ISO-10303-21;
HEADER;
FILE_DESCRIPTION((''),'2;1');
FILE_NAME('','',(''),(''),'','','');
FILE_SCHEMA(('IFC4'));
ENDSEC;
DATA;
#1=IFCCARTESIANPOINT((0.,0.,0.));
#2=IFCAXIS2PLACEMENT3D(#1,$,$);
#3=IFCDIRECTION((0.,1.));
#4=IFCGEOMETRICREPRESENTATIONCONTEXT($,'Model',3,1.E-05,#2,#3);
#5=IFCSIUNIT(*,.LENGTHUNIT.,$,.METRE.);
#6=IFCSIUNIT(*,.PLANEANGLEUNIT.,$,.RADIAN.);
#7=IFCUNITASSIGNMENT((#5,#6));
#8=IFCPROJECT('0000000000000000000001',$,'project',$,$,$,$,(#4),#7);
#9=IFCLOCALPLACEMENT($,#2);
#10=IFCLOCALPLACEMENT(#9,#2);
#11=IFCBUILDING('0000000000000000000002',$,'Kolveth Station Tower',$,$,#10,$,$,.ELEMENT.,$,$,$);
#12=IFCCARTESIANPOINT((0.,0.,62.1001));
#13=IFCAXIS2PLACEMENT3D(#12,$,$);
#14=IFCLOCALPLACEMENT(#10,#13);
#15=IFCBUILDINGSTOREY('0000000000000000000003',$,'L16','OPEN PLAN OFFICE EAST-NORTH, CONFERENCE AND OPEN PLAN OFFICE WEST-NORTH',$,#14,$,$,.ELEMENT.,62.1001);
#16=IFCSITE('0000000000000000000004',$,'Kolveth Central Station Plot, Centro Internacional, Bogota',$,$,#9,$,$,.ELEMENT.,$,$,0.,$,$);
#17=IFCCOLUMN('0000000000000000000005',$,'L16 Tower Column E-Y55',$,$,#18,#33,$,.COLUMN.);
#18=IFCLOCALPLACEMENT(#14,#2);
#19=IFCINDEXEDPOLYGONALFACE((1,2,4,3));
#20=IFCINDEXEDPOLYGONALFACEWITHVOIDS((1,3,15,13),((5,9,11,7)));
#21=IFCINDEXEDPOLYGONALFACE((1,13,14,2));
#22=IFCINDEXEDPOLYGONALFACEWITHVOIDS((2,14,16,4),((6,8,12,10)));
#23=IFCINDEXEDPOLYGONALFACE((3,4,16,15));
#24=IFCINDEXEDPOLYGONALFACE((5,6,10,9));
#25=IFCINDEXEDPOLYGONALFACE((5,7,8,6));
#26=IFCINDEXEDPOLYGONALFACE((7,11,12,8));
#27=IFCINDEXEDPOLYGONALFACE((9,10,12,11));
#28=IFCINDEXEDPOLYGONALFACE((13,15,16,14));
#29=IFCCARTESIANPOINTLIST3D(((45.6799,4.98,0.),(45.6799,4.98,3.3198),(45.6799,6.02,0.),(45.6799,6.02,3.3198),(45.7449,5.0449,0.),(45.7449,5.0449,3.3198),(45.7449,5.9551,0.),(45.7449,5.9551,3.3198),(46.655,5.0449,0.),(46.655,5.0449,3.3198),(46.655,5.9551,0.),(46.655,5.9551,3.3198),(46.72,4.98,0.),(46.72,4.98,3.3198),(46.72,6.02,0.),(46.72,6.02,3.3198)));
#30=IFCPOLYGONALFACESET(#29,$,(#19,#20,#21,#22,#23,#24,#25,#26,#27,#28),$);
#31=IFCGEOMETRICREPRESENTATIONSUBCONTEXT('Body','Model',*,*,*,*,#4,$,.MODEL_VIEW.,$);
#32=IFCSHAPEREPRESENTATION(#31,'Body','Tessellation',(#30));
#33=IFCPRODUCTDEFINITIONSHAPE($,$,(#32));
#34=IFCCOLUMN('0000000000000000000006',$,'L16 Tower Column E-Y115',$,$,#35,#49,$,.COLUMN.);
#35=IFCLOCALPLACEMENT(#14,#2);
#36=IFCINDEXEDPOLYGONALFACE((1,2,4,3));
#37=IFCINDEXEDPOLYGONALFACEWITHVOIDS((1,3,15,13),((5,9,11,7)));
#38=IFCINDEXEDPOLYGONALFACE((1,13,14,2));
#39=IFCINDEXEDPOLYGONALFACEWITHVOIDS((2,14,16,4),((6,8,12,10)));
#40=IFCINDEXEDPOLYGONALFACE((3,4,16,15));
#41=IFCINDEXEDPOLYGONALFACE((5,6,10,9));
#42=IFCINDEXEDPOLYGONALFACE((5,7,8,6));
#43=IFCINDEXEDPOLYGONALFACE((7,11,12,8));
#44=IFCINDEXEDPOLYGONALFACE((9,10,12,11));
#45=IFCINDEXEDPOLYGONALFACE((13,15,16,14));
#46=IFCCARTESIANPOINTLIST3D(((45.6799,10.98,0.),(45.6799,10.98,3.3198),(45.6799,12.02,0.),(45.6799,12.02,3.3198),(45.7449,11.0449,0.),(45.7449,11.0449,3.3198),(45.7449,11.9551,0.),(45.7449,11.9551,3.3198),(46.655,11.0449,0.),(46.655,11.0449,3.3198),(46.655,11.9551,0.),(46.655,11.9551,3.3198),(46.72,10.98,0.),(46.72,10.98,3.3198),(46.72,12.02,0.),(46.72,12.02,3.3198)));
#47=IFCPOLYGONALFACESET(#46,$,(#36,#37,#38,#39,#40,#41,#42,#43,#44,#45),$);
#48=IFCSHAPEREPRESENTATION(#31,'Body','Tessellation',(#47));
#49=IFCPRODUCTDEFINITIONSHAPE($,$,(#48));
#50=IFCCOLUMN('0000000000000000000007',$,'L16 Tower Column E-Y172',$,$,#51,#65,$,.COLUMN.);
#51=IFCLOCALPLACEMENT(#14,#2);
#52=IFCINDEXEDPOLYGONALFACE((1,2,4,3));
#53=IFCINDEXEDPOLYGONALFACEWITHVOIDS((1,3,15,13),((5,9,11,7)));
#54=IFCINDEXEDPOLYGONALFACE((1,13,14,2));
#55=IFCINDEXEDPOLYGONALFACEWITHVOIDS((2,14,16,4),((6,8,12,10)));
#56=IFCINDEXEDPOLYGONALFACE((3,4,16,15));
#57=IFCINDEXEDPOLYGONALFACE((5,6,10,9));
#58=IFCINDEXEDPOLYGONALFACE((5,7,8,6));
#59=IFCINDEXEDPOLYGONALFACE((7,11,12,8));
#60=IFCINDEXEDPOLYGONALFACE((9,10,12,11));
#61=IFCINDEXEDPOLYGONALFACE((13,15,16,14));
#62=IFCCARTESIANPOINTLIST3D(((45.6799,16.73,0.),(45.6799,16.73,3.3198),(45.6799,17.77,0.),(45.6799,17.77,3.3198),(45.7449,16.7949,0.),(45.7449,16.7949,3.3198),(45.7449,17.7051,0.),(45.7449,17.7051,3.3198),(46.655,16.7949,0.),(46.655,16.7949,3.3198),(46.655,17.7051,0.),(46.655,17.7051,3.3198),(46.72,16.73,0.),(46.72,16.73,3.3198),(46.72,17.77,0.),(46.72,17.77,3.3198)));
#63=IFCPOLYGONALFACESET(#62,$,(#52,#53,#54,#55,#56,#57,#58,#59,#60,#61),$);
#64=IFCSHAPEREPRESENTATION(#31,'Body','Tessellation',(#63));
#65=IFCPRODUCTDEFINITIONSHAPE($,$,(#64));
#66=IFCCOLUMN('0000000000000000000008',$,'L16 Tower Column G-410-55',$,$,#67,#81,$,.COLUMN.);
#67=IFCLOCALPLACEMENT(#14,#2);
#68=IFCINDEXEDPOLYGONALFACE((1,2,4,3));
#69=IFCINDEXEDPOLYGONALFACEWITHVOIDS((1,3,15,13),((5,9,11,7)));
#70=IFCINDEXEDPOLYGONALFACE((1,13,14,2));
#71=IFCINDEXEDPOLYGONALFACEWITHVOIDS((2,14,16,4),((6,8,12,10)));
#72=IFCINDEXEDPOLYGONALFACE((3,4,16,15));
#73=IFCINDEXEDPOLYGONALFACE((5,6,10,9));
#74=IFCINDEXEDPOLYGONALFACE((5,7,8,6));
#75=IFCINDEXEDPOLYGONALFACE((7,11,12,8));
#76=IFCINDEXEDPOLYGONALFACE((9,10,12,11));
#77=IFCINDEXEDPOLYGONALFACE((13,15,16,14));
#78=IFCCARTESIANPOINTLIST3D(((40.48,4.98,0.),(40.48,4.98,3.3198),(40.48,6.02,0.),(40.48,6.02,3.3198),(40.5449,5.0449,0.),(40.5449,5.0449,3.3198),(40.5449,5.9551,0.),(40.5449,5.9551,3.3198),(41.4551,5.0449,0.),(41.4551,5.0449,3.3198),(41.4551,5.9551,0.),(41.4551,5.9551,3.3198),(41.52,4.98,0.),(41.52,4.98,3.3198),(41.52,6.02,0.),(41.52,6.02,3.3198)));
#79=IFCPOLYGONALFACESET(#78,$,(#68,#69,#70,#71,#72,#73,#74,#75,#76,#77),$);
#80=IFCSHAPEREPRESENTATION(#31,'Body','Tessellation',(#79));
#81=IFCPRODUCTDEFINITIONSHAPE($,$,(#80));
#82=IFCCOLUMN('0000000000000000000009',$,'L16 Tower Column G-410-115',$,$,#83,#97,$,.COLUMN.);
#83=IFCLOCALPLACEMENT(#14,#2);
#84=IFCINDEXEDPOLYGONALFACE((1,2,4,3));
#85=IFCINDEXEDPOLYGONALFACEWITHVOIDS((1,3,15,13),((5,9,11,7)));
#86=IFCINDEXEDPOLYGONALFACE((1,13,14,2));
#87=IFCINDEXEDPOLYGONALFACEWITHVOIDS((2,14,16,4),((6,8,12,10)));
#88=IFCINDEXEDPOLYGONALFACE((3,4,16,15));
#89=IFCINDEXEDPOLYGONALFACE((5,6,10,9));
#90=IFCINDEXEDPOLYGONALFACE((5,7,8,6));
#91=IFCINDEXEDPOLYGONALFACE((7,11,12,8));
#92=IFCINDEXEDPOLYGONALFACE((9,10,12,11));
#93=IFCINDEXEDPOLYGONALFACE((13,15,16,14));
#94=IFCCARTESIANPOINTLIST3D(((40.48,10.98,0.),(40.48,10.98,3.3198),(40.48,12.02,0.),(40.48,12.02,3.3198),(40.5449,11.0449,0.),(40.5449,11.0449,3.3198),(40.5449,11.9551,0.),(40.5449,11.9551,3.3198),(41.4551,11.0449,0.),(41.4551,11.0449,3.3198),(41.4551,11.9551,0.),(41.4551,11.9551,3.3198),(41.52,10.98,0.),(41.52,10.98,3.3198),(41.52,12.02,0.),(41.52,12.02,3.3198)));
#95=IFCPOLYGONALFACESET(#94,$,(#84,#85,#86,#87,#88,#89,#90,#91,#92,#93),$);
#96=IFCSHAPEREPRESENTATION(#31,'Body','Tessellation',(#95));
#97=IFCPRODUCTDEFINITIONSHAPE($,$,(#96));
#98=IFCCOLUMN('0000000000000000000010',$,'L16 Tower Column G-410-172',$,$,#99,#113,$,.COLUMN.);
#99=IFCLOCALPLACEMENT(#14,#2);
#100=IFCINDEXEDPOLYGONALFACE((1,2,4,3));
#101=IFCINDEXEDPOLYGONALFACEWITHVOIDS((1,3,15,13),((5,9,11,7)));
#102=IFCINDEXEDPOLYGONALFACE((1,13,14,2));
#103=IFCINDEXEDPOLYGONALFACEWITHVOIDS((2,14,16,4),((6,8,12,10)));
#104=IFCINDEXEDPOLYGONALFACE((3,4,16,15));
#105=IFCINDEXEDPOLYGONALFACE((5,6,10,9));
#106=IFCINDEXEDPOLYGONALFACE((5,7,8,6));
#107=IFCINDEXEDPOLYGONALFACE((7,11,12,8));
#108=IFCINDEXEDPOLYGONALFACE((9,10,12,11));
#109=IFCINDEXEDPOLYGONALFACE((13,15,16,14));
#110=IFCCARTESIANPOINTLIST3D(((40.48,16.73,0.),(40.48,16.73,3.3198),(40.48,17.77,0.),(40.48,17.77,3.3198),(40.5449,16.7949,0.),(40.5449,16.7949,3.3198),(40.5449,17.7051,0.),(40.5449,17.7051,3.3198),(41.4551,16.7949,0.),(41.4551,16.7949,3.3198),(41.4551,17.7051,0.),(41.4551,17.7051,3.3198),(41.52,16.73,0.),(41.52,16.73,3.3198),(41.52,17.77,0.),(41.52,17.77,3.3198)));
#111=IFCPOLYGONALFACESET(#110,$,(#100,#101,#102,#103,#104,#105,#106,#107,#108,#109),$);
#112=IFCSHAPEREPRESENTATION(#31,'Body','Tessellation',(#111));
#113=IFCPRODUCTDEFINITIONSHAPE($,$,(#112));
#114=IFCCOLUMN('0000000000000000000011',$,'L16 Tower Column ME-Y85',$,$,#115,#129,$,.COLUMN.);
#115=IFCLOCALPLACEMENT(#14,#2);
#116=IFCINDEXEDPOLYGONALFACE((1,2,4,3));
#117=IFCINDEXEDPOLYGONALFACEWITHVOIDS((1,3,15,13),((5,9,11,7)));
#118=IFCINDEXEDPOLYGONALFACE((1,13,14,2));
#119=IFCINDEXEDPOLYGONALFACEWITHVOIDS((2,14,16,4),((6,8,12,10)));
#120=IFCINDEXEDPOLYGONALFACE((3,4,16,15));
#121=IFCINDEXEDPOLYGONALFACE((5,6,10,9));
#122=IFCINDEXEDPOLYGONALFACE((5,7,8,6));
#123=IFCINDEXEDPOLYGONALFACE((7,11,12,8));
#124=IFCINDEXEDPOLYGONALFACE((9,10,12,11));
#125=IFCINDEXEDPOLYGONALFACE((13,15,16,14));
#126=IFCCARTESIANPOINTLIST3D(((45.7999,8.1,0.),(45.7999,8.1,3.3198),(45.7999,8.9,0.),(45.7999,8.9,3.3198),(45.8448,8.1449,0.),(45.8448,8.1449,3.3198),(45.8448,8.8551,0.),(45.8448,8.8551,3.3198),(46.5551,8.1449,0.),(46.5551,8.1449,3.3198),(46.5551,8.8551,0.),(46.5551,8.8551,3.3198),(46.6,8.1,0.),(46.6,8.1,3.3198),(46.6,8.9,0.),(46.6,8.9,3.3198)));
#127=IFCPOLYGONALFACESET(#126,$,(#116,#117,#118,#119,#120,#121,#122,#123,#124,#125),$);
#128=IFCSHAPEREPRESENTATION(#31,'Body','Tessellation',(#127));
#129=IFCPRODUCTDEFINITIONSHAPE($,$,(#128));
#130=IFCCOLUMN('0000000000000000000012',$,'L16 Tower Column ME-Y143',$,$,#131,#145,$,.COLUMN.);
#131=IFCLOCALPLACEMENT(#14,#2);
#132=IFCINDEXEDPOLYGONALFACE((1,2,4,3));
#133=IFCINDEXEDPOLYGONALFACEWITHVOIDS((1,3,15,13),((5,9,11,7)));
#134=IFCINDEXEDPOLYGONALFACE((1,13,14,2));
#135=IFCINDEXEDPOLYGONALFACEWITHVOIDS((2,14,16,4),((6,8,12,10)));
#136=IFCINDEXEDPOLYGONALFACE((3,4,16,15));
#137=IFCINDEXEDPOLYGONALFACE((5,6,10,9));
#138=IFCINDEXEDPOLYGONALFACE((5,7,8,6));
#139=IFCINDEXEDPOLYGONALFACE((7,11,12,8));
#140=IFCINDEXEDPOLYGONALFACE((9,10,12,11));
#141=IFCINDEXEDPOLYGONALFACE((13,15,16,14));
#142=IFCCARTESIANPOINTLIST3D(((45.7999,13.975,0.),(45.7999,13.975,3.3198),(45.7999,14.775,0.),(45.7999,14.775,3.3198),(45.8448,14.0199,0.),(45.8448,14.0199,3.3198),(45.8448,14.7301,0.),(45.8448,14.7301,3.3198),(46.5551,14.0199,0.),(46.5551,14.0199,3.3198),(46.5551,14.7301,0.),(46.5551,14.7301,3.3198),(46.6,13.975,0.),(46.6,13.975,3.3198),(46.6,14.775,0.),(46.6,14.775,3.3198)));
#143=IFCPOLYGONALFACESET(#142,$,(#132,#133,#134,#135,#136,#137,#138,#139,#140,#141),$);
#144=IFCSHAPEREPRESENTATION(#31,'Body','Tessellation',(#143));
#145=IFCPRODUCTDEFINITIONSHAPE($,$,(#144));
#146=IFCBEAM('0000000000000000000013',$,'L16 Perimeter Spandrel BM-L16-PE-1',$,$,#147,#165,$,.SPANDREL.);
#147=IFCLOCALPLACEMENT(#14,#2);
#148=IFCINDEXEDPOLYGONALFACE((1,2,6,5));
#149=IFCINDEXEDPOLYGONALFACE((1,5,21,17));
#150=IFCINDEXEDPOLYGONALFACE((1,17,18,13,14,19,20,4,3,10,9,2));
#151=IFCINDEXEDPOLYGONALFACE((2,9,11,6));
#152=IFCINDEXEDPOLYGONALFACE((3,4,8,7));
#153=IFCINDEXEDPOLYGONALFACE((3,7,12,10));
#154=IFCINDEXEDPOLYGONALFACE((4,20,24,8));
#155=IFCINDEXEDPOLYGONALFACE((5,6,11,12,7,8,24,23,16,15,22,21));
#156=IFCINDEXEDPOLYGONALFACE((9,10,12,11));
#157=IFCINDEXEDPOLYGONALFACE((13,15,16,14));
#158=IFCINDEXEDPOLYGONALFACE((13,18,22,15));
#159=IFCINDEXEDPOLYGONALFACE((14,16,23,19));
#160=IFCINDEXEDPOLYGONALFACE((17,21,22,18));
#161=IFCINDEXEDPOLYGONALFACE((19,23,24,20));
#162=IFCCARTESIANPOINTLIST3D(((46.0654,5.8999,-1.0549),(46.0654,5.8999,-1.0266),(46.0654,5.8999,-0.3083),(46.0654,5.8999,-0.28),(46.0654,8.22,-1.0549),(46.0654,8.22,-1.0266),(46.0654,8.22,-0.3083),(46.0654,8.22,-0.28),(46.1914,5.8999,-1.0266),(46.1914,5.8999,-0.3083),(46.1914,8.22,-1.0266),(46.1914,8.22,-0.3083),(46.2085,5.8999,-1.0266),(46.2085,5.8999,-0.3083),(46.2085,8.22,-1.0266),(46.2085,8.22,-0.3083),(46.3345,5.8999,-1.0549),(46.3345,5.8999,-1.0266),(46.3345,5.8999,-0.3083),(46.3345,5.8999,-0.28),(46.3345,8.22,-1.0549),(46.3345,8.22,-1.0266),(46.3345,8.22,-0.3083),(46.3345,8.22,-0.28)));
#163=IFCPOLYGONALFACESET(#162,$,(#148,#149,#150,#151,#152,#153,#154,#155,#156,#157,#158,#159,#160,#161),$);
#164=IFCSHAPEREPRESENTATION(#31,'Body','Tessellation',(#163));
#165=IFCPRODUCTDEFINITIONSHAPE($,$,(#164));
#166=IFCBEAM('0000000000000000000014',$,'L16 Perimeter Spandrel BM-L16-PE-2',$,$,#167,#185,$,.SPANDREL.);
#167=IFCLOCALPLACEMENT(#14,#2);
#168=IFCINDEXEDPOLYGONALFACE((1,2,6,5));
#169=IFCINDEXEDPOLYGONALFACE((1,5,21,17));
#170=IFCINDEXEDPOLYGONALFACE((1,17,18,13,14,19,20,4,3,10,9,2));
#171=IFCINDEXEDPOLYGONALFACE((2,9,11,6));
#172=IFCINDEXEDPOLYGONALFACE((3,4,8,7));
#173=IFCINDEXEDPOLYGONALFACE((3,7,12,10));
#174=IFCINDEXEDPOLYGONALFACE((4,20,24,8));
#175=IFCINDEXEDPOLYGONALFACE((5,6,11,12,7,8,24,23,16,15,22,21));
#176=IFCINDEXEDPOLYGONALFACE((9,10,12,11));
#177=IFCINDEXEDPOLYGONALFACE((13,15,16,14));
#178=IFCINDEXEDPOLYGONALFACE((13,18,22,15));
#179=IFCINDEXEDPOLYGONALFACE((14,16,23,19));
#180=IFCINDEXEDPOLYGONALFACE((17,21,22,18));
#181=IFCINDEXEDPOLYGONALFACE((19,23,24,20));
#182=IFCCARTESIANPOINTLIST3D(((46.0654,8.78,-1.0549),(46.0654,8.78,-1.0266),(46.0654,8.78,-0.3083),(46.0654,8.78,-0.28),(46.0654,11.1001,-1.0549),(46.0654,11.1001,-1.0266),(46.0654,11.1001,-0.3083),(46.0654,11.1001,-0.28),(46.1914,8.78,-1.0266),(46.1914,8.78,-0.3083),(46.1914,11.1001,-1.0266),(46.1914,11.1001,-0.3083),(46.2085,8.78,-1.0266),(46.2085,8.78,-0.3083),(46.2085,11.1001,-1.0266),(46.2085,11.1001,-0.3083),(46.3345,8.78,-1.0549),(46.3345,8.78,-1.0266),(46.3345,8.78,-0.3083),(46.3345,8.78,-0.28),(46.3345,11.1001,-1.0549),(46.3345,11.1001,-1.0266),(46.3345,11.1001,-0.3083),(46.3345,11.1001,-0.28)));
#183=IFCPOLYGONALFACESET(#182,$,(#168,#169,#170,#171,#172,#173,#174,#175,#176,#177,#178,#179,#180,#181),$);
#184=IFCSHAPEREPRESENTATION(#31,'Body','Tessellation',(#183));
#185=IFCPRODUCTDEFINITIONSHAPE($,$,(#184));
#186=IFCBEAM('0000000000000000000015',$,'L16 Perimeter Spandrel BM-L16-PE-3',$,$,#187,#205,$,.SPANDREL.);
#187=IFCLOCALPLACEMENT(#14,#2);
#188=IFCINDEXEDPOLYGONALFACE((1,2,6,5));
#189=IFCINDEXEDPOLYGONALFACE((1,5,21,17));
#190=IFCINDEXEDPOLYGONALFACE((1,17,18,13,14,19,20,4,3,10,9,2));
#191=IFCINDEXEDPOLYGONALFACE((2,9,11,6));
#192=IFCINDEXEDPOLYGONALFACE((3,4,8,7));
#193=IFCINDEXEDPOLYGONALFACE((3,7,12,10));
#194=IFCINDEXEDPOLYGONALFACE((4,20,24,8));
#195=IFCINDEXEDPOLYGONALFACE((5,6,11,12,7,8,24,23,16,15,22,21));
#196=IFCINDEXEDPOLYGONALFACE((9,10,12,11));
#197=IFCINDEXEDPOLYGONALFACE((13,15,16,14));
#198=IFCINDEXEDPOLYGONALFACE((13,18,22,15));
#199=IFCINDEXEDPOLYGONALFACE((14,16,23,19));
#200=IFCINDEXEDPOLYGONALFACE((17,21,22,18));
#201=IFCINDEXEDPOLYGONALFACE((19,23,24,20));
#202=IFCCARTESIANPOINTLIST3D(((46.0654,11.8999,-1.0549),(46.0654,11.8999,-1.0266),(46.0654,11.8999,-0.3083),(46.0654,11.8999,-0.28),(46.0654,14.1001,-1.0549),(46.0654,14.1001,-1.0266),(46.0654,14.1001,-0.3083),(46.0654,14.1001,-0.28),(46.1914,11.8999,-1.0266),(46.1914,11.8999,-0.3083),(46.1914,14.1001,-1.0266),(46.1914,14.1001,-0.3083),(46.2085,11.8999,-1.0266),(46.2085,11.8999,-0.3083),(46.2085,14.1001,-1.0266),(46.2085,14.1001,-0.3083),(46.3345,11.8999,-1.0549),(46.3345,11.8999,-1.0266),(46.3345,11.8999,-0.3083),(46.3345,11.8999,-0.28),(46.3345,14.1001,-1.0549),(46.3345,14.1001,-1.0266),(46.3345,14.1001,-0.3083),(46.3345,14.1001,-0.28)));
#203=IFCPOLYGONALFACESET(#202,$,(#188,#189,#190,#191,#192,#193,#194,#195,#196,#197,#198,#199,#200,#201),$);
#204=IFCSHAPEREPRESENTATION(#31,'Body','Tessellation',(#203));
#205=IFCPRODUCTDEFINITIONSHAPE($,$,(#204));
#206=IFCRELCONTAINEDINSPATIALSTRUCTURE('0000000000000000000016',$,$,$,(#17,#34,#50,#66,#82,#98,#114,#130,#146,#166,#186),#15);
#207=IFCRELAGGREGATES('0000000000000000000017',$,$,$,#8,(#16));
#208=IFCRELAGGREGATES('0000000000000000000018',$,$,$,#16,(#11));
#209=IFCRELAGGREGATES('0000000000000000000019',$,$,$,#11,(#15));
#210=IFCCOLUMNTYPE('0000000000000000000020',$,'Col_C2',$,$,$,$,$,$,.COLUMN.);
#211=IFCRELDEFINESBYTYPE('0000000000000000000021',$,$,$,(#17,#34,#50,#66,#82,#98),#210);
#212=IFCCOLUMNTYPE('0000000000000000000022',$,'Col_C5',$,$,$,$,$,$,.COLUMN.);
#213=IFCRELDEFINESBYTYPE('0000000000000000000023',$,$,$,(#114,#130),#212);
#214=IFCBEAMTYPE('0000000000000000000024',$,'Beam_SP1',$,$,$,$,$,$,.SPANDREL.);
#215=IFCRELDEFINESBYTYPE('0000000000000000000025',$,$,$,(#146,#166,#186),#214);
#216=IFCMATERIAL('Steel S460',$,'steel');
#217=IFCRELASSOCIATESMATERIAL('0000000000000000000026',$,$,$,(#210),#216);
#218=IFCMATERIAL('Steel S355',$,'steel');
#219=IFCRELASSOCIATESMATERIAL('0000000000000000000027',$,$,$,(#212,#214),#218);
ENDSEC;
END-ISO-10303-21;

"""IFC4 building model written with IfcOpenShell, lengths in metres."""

from ifc_helpers import new_model, si_unit, direction, frame, origin, origin_2d, place, context, subcontext, project, spatial, hollow_rectangle, i_section, extrude, source, transform, mapped, material, material_profile, profile_set, type_object, element, save


model = new_model("IFC4")

# Units and contexts
model_context = context("Model", 3, precision=1e-05, world=origin(), true_north=direction((0.0, 1.0)))
body_context = subcontext(model_context, "Body", "Model", "MODEL_VIEW")
ifc_project = project(units=[si_unit("LENGTHUNIT", "METRE"), si_unit("PLANEANGLEUNIT", "RADIAN")], contexts=[model_context])

# Site, building, storey
site_placement = place(None, origin())
site = spatial("IfcSite", under=ifc_project, at=site_placement, Name="Kolveth Central Station Plot, Centro Internacional, Bogota", CompositionType="ELEMENT", RefElevation=0.0)
building_placement = place(site_placement, origin())
building = spatial("IfcBuilding", under=site, at=building_placement, Name="Kolveth Station Tower", CompositionType="ELEMENT")
storey_placement = place(building_placement, frame((0.0, 0.0, 62.1001)))
storey = spatial("IfcBuildingStorey", under=building, at=storey_placement, Name="L16", Description="OPEN PLAN OFFICE EAST-NORTH, CONFERENCE AND OPEN PLAN OFFICE WEST-NORTH", CompositionType="ELEMENT", Elevation=62.1001)

# Columns
ifc_material_1 = material(Name="Steel S460", Category="steel")
ifc_material_profile_1 = material_profile(ifc_material_1, hollow_rectangle(XDim=1.04, YDim=1.04, WallThickness=0.0649, at=origin_2d()), Name="BOX1040x1040x65")
ifc_profile_set_1 = profile_set([ifc_material_profile_1], Name="Steel S460")
column_type_1 = type_object("IfcColumnType", Name="Col_C2", PredefinedType="COLUMN", material=ifc_profile_set_1)
shared_shape_1 = source(origin(), body_context, "Body", "SweptSolid", [
    extrude(hollow_rectangle(XDim=1.04, YDim=1.04, WallThickness=0.0649, at=origin_2d()), origin(), (0.0, 0.0, 1.0), 3.3198),
])
for number, where, z_axis, x_axis, name in (
    (1, (46.2, 5.5, 0.0), (0.0, 0.0, 1.0), (1.0, 0.0, 0.0), "L16 Tower Column E-Y55"),
    (2, (46.2, 11.5, 0.0), (0.0, 0.0, 1.0), (1.0, 0.0, 0.0), "L16 Tower Column E-Y115"),
    (3, (46.2, 17.25, 0.0), (0.0, 0.0, 1.0), (1.0, 0.0, 0.0), "L16 Tower Column E-Y172"),
    (4, (41.0, 5.5, 0.0), (0.0, 0.0, 1.0), (1.0, 0.0, 0.0), "L16 Tower Column G-410-55"),
    (5, (41.0, 11.5, 0.0), (0.0, 0.0, 1.0), (1.0, 0.0, 0.0), "L16 Tower Column G-410-115"),
    (6, (41.0, 17.25, 0.0), (0.0, 0.0, 1.0), (1.0, 0.0, 0.0), "L16 Tower Column G-410-172"),
):
    element("IfcColumn", number, at=place(storey_placement, frame(where, z_axis=z_axis, x_axis=x_axis)), inside=storey, type_object=column_type_1, Name=name, PredefinedType="COLUMN", context=body_context, shape_type="MappedRepresentation", body=[
        mapped(shared_shape_1, transform((0.0, 0.0, 0.0), x_axis=(1.0, 0.0, 0.0), y_axis=(0.0, 1.0, 0.0), z_axis=(0.0, 0.0, 1.0), scale=1.0)),
    ])
ifc_material_2 = material(Name="Steel S355", Category="steel")
ifc_material_profile_2 = material_profile(ifc_material_2, hollow_rectangle(XDim=0.8, YDim=0.8, WallThickness=0.0449, at=origin_2d()), Name="BOX800x800x45")
ifc_profile_set_2 = profile_set([ifc_material_profile_2], Name="Steel S355")
column_type_2 = type_object("IfcColumnType", Name="Col_C5", PredefinedType="COLUMN", material=ifc_profile_set_2)
shared_shape_2 = source(origin(), body_context, "Body", "SweptSolid", [
    extrude(hollow_rectangle(XDim=0.8, YDim=0.8, WallThickness=0.0449, at=origin_2d()), origin(), (0.0, 0.0, 1.0), 3.3198),
])
for number, where, z_axis, x_axis, name in (
    (7, (46.2, 8.5, 0.0), (0.0, 0.0, 1.0), (1.0, 0.0, 0.0), "L16 Tower Column ME-Y85"),
    (8, (46.2, 14.375, 0.0), (0.0, 0.0, 1.0), (1.0, 0.0, 0.0), "L16 Tower Column ME-Y143"),
):
    element("IfcColumn", number, at=place(storey_placement, frame(where, z_axis=z_axis, x_axis=x_axis)), inside=storey, type_object=column_type_2, Name=name, PredefinedType="COLUMN", context=body_context, shape_type="MappedRepresentation", body=[
        mapped(shared_shape_2, transform((0.0, 0.0, 0.0), x_axis=(1.0, 0.0, 0.0), y_axis=(0.0, 1.0, 0.0), z_axis=(0.0, 0.0, 1.0), scale=1.0)),
    ])

# Beams
ifc_material_profile_3 = material_profile(ifc_material_2, i_section(OverallWidth=0.269, OverallDepth=0.7749, WebThickness=0.0171, FlangeThickness=0.0283, at=origin_2d()), Name="W760x220")
ifc_profile_set_3 = profile_set([ifc_material_profile_3], Name="Steel S355")
beam_type_1 = type_object("IfcBeamType", Name="Beam_SP1", PredefinedType="SPANDREL", material=ifc_profile_set_3)
shared_shape_3 = source(origin(), body_context, "Body", "SweptSolid", [
    extrude(i_section(OverallWidth=0.269, OverallDepth=0.7749, WebThickness=0.0171, FlangeThickness=0.0283, at=origin_2d()), origin(), (0.0, 0.0, 1.0), 2.3201),
])
for number, where, z_axis, x_axis, name in (
    (9, (46.2, 5.8999, -0.6675), (0.0, 1.0, 0.0), (-1.0, 0.0, 0.0), "L16 Perimeter Spandrel BM-L16-PE-1"),
    (10, (46.2, 8.78, -0.6675), (0.0, 1.0, 0.0), (-1.0, 0.0, 0.0), "L16 Perimeter Spandrel BM-L16-PE-2"),
):
    element("IfcBeam", number, at=place(storey_placement, frame(where, z_axis=z_axis, x_axis=x_axis)), inside=storey, type_object=beam_type_1, Name=name, PredefinedType="SPANDREL", context=body_context, shape_type="MappedRepresentation", body=[
        mapped(shared_shape_3, transform((0.0, 0.0, 0.0), x_axis=(1.0, 0.0, 0.0), y_axis=(0.0, 1.0, 0.0), z_axis=(0.0, 0.0, 1.0), scale=1.0)),
    ])
shared_shape_4 = source(origin(), body_context, "Body", "SweptSolid", [
    extrude(i_section(OverallWidth=0.269, OverallDepth=0.7749, WebThickness=0.0171, FlangeThickness=0.0283, at=origin_2d()), origin(), (0.0, 0.0, 1.0), 2.2002),
])
beam_1_placement = place(storey_placement, frame((46.2, 11.8999, -0.6675), z_axis=(0.0, 1.0, 0.0), x_axis=(-1.0, 0.0, 0.0)))
element("IfcBeam", 11, at=beam_1_placement, inside=storey, type_object=beam_type_1, Name="L16 Perimeter Spandrel BM-L16-PE-3", PredefinedType="SPANDREL", context=body_context, shape_type="MappedRepresentation", body=[
    mapped(shared_shape_4, transform((0.0, 0.0, 0.0), x_axis=(1.0, 0.0, 0.0), y_axis=(0.0, 1.0, 0.0), z_axis=(0.0, 0.0, 1.0), scale=1.0)),
])

save(model, "model.ifc")
